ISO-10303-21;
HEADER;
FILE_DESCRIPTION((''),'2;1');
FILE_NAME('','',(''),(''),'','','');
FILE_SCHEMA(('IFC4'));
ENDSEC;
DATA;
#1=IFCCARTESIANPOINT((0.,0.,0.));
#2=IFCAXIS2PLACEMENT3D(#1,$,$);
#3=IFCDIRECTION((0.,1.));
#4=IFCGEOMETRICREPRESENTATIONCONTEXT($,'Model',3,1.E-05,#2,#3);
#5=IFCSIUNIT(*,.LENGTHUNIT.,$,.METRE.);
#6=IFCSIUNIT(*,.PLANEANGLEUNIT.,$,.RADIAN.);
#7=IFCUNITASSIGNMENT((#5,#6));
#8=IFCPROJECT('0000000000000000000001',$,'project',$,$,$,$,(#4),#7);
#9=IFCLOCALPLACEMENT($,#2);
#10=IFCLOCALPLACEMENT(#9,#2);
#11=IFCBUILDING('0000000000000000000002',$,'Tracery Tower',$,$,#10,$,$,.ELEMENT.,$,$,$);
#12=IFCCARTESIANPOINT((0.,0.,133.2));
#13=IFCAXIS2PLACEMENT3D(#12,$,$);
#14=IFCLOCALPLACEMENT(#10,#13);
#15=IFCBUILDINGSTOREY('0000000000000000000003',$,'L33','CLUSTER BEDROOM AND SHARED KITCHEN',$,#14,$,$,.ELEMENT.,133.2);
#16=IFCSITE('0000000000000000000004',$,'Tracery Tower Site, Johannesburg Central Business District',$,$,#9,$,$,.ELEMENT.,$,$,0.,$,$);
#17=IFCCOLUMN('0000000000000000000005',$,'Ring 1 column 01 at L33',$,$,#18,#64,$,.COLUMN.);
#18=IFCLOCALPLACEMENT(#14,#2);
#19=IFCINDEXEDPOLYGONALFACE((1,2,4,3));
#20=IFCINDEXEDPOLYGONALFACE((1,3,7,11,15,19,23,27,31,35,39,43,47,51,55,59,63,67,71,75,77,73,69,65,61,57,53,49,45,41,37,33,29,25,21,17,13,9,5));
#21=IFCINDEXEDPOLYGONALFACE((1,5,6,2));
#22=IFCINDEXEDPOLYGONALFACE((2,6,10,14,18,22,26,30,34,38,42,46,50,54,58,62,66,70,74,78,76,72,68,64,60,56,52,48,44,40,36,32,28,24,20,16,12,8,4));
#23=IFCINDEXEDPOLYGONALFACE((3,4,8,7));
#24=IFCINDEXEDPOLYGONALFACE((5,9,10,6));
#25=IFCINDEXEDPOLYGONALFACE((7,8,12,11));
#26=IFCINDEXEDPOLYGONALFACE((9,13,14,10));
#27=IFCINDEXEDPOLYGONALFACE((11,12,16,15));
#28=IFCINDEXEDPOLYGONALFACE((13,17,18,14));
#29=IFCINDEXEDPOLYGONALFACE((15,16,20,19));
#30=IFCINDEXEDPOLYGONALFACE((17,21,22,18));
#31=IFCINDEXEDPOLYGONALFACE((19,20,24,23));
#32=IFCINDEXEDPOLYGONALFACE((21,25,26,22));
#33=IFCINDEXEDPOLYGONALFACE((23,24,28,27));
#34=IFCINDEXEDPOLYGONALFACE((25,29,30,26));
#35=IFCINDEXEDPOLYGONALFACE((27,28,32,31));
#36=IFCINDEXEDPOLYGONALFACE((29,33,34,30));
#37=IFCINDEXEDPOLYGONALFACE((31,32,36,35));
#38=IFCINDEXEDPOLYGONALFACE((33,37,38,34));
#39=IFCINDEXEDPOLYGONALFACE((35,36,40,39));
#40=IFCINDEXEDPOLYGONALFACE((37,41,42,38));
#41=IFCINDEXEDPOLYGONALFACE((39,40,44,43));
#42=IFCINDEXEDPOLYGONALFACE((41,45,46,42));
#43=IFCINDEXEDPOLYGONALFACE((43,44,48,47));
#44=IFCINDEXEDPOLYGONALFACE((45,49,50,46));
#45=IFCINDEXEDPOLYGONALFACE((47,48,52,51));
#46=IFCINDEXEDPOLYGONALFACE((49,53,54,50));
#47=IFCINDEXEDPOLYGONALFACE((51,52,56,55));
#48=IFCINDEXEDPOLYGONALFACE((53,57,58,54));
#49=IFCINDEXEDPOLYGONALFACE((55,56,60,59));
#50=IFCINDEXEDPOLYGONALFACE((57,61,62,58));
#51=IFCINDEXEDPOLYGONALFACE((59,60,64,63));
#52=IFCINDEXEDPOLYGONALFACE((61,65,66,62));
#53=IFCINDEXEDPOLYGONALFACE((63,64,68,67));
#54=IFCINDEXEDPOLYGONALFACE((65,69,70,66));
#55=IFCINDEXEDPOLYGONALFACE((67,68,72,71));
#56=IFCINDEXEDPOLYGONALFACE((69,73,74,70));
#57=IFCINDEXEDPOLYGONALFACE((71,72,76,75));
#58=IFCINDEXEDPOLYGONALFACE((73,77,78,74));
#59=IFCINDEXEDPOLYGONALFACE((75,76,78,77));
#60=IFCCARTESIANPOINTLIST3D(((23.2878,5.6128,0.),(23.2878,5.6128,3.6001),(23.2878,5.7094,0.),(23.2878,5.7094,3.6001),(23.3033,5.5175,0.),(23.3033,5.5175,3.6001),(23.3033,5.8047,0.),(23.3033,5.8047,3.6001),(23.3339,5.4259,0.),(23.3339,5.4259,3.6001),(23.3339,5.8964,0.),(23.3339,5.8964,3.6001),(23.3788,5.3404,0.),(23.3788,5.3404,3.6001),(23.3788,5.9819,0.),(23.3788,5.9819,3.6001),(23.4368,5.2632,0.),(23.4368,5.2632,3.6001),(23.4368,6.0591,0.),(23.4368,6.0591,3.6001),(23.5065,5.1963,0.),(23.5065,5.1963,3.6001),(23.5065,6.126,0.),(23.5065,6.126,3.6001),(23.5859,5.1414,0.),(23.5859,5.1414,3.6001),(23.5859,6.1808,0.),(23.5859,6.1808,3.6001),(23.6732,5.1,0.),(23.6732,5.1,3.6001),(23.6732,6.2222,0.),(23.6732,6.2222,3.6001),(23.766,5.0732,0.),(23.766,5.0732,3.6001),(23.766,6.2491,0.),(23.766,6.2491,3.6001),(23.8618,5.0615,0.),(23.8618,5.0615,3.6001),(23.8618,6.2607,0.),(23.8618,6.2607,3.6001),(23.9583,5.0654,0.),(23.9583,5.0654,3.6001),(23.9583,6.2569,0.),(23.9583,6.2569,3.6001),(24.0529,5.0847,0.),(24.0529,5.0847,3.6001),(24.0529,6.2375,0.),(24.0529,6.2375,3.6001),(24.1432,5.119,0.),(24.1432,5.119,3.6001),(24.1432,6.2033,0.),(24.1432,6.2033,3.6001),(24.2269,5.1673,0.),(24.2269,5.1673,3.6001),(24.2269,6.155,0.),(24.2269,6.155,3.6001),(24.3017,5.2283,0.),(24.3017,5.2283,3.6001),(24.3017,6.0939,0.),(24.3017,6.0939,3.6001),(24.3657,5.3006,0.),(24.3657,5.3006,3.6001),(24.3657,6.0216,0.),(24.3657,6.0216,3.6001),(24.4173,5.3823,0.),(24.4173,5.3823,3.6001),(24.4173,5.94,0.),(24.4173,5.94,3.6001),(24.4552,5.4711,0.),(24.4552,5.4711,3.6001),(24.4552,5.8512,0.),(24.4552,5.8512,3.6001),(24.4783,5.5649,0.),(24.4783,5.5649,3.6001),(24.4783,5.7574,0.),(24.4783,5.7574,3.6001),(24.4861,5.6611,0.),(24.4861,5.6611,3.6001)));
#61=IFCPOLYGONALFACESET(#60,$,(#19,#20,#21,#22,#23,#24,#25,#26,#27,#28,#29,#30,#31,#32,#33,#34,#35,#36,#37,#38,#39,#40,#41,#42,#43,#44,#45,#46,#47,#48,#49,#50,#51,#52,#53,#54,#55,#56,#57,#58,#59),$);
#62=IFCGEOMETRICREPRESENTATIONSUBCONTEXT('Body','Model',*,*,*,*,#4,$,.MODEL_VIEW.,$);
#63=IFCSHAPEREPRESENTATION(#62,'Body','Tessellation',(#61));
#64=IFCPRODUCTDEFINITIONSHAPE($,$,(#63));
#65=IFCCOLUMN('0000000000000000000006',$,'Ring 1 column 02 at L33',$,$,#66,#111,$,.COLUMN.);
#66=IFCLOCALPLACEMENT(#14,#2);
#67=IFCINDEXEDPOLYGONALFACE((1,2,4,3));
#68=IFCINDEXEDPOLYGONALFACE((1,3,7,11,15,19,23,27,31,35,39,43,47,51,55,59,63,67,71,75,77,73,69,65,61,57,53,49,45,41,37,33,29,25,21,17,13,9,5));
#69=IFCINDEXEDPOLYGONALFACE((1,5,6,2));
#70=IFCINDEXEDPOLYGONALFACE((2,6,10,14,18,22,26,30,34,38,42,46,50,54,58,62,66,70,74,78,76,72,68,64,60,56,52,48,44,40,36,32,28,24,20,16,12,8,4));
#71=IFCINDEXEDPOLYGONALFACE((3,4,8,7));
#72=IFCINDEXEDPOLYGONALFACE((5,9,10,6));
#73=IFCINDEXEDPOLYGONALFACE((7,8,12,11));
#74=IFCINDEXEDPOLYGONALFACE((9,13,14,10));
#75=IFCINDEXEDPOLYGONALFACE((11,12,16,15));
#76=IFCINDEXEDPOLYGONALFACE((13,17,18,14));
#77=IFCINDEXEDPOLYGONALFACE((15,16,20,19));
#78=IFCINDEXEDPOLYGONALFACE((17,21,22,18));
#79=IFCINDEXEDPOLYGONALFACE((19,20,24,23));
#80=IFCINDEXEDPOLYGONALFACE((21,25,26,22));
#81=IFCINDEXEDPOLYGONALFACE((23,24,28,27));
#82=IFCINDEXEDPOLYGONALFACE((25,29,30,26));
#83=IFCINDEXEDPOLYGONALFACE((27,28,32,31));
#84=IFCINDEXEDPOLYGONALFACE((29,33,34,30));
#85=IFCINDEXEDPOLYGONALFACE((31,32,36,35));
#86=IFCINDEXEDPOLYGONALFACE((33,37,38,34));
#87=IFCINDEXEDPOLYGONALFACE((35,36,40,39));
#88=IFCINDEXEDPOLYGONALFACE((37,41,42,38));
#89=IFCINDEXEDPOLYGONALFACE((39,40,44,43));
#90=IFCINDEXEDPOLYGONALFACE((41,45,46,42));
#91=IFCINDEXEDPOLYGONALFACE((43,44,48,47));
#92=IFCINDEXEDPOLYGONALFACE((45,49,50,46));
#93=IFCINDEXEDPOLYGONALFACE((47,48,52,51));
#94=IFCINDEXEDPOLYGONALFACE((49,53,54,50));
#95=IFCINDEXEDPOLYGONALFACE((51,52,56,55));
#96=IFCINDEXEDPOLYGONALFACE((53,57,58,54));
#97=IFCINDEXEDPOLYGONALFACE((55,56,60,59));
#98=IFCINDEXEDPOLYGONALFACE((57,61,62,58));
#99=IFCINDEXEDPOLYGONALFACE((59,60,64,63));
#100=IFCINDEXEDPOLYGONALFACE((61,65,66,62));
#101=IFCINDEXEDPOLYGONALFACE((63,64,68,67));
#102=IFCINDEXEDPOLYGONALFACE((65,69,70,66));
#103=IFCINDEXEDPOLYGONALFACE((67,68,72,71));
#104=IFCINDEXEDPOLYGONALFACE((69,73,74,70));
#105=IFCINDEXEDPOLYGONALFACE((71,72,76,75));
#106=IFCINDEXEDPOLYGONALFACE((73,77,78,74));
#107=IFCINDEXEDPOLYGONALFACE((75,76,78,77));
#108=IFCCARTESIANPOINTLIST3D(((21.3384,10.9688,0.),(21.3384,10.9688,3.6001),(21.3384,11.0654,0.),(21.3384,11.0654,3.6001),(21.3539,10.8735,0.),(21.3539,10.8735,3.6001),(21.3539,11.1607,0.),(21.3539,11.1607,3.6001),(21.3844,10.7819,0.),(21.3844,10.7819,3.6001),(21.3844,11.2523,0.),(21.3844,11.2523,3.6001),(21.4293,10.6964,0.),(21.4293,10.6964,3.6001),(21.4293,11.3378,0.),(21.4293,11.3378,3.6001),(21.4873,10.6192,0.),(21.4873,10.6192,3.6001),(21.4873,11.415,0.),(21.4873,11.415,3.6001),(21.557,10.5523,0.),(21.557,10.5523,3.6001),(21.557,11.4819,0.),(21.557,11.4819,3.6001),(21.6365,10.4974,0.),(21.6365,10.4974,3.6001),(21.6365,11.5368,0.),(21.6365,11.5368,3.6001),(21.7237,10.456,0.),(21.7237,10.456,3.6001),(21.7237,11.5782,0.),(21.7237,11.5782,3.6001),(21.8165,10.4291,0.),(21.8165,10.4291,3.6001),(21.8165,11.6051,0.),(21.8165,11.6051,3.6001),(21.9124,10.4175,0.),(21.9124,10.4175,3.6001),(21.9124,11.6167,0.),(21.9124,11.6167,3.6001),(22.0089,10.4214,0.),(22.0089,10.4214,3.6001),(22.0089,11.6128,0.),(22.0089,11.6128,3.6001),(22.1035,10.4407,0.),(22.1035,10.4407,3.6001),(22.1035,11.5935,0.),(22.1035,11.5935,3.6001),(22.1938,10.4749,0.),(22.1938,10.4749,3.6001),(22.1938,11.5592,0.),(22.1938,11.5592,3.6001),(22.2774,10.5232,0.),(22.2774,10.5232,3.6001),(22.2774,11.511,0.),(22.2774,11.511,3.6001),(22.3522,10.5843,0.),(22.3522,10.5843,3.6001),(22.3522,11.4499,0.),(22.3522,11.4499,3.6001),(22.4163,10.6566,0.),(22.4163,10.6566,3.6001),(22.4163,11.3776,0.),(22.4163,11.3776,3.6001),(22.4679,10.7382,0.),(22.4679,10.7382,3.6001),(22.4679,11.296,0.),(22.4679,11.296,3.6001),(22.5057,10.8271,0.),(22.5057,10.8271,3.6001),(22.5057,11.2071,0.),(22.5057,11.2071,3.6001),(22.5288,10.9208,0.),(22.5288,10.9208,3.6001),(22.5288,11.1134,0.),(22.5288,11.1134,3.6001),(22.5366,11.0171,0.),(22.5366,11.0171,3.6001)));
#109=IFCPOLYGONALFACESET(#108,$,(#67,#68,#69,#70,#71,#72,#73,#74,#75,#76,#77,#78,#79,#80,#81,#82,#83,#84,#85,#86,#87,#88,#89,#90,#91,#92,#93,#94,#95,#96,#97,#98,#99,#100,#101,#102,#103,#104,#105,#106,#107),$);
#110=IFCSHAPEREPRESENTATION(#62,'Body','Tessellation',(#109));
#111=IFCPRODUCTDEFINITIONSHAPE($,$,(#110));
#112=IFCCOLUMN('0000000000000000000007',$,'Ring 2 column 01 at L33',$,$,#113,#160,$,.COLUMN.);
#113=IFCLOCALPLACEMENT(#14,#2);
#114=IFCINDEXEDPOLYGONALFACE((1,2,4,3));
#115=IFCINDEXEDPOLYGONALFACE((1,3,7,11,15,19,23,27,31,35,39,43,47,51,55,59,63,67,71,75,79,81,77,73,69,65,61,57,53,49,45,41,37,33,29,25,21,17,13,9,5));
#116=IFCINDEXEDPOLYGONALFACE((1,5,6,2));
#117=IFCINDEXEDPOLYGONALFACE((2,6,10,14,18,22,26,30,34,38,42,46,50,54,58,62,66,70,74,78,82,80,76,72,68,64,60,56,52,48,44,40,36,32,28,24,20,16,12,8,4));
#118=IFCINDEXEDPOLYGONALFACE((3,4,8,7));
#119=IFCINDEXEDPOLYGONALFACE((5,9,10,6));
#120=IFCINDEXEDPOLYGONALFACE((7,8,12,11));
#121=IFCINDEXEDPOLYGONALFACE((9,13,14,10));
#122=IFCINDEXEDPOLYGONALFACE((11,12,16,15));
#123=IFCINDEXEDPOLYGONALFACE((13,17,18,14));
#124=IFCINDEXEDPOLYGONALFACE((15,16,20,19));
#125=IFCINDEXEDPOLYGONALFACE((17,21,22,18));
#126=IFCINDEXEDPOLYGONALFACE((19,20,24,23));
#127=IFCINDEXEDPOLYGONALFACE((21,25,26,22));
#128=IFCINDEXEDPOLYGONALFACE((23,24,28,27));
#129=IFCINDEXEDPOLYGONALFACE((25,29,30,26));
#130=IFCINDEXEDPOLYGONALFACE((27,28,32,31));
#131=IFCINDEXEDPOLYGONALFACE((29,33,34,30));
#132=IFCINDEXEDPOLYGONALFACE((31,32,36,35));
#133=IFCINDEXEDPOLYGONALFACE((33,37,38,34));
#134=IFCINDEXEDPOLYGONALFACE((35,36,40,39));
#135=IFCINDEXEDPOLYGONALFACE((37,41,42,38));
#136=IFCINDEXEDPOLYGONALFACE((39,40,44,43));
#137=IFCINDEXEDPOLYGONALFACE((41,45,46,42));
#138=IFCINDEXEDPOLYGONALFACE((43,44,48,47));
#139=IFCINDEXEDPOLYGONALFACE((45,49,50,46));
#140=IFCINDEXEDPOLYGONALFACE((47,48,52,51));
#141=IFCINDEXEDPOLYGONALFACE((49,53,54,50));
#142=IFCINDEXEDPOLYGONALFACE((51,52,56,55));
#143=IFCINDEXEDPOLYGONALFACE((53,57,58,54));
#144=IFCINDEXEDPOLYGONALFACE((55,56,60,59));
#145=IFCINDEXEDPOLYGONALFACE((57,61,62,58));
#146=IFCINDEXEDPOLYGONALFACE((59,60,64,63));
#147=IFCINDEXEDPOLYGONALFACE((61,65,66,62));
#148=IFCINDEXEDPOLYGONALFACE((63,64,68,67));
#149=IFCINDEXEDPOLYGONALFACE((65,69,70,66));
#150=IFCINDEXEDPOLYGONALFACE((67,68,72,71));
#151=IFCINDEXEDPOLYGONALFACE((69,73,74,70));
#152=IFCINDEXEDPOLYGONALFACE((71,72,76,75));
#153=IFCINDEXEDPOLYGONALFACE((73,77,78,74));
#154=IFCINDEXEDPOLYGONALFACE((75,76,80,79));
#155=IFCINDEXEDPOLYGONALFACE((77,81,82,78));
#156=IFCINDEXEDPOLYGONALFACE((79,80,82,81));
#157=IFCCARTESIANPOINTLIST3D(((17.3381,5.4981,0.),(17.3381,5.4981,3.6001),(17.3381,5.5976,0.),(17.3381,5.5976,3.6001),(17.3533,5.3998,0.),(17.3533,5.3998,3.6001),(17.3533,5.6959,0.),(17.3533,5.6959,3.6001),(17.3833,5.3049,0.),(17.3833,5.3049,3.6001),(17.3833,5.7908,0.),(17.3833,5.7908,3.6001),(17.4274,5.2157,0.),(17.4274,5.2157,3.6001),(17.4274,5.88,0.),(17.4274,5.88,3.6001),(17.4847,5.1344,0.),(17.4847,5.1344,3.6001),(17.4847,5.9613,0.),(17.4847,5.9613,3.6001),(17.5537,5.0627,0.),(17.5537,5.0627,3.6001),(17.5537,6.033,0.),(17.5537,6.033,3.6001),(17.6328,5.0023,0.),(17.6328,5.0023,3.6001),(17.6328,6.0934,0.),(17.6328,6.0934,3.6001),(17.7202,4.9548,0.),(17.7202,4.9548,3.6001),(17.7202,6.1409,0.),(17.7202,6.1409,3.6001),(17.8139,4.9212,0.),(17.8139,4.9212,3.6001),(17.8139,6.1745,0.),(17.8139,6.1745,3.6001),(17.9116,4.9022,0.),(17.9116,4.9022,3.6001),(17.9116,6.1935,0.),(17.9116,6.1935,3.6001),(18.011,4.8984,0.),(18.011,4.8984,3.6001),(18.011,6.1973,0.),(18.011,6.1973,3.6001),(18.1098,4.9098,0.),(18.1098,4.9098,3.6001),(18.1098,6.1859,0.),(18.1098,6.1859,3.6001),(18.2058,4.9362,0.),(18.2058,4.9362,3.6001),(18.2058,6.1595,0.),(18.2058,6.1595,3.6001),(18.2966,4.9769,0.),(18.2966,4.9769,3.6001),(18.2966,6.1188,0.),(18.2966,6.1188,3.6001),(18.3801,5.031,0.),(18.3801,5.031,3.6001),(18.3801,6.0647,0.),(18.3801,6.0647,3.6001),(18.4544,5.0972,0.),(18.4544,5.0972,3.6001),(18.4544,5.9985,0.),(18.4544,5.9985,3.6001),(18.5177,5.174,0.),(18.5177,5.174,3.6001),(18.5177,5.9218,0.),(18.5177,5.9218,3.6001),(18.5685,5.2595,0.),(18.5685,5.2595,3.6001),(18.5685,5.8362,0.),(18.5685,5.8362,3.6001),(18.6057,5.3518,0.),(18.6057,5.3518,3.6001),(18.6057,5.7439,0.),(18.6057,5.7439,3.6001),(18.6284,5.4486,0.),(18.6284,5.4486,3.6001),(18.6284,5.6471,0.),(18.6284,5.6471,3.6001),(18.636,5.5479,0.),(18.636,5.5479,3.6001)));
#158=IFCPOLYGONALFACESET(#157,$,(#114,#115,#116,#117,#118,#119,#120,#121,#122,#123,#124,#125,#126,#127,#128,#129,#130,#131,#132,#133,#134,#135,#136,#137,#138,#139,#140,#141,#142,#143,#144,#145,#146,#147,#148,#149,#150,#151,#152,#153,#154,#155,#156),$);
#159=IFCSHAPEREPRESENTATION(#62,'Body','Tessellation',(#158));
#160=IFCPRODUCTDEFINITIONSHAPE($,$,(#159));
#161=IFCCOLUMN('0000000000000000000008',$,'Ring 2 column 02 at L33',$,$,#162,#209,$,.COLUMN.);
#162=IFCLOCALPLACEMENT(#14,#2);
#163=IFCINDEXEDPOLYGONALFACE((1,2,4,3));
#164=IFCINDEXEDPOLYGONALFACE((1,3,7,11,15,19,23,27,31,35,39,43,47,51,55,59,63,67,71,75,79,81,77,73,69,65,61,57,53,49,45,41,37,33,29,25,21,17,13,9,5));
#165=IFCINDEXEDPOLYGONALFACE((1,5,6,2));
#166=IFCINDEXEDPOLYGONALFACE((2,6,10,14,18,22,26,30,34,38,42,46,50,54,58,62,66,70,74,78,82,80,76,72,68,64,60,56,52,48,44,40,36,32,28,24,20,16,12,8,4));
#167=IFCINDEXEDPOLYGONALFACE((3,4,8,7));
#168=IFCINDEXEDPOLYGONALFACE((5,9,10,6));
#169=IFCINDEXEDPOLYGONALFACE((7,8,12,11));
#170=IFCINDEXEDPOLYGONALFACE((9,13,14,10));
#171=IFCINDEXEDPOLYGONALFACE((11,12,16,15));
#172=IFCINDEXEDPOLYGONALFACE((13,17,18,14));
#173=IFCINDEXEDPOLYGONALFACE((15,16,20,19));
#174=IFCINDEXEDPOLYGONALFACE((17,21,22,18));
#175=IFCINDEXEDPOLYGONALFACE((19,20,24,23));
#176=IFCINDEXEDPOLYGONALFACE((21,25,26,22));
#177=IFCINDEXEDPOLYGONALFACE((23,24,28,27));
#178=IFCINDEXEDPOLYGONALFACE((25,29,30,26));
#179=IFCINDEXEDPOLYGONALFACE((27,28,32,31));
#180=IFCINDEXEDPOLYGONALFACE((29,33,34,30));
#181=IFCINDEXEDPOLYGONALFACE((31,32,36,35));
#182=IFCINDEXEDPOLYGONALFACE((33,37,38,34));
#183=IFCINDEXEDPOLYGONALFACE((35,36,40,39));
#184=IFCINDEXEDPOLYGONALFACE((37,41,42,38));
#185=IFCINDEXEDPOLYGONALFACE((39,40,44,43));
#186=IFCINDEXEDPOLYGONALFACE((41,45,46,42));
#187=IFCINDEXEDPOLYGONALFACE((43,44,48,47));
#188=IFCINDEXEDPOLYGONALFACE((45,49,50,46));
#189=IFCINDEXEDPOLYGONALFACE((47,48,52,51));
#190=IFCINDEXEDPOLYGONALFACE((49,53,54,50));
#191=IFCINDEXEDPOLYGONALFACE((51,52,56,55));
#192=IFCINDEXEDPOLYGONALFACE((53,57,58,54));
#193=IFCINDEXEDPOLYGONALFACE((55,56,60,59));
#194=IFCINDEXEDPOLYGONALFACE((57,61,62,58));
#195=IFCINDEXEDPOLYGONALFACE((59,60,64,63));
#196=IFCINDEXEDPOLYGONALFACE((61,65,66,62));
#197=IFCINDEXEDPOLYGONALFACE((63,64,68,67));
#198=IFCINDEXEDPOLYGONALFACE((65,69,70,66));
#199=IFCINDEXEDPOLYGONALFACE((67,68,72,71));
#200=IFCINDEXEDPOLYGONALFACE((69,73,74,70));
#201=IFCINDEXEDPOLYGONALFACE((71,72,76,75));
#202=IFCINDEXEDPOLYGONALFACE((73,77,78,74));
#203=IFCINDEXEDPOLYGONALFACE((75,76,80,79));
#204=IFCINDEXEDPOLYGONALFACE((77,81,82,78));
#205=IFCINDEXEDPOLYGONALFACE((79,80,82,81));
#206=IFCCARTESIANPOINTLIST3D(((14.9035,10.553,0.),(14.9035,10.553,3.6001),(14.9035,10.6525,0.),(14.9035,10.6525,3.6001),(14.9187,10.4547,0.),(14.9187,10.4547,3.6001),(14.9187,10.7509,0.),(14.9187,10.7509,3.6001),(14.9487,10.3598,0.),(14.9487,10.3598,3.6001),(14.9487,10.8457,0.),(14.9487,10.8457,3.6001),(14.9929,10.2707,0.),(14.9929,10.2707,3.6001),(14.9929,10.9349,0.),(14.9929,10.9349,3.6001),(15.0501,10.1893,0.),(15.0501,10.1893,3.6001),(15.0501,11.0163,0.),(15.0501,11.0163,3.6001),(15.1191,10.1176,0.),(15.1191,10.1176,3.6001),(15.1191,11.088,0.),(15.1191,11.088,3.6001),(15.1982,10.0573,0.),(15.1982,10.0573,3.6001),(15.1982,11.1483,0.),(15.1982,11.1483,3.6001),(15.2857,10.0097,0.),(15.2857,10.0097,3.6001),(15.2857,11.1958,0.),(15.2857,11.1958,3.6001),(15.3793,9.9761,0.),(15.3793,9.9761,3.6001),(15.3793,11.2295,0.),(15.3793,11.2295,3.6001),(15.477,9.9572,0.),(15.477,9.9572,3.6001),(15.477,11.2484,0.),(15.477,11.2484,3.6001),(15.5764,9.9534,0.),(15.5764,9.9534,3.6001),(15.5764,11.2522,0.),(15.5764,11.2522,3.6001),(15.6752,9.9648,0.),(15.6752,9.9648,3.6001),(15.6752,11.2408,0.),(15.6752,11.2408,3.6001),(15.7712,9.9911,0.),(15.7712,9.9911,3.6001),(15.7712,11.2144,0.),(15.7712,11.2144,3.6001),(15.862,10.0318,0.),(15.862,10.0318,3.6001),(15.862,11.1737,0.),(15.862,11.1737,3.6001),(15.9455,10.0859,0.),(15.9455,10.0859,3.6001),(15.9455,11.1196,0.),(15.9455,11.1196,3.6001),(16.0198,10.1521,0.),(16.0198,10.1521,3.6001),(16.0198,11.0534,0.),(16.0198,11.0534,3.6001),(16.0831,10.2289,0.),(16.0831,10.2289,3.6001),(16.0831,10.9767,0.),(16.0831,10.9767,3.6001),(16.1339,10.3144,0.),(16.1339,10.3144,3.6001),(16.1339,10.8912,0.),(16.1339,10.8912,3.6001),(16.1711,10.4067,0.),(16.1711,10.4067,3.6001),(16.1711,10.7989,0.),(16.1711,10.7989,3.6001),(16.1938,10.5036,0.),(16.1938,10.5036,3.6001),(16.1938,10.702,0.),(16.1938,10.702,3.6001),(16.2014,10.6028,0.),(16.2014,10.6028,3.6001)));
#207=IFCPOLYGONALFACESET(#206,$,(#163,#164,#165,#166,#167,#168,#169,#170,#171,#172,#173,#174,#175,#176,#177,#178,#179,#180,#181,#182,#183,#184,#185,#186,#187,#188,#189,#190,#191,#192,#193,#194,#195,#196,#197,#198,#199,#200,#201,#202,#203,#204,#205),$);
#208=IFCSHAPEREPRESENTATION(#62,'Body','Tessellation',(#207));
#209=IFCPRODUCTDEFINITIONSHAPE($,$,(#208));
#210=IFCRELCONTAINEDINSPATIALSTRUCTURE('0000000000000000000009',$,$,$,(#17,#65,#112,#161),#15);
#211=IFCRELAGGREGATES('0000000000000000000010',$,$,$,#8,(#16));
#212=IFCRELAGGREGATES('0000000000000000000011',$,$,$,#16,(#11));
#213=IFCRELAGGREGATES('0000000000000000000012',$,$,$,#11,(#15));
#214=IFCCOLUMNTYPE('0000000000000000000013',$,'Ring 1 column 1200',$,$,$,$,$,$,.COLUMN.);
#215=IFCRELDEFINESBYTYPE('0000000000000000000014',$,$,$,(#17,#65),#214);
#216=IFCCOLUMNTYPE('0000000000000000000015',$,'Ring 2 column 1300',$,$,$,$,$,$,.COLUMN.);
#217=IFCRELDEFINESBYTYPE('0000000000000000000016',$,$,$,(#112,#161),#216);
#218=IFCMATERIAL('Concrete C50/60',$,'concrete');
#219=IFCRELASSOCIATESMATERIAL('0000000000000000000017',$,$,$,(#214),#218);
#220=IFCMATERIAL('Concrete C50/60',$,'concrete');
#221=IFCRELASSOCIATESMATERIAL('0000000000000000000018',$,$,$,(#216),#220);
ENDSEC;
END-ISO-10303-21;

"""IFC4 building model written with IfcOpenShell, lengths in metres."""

from ifc_helpers import new_model, si_unit, direction, frame, origin, origin_2d, place, context, subcontext, project, spatial, circle, extrude, material, material_profile, profile_set, type_object, element, save


model = new_model("IFC4")

# Units and contexts
model_context = context("Model", 3, precision=1e-05, world=origin(), true_north=direction((0.0, 1.0)))
body_context = subcontext(model_context, "Body", "Model", "MODEL_VIEW")
ifc_project = project(units=[si_unit("LENGTHUNIT", "METRE"), si_unit("PLANEANGLEUNIT", "RADIAN")], contexts=[model_context])

# Site, building, storey
site_placement = place(None, origin())
site = spatial("IfcSite", under=ifc_project, at=site_placement, Name="Tracery Tower Site, Johannesburg Central Business District", CompositionType="ELEMENT", RefElevation=0.0)
building_placement = place(site_placement, origin())
building = spatial("IfcBuilding", under=site, at=building_placement, Name="Tracery Tower", CompositionType="ELEMENT")
storey_placement = place(building_placement, frame((0.0, 0.0, 133.2)))
storey = spatial("IfcBuildingStorey", under=building, at=storey_placement, Name="L33", Description="CLUSTER BEDROOM AND SHARED KITCHEN", CompositionType="ELEMENT", Elevation=133.2)

# Columns
ifc_material_1 = material(Name="Concrete C50/60", Category="concrete")
ifc_material_profile_1 = material_profile(ifc_material_1, circle(Radius=0.6001, at=origin_2d()), Name="RC D1200")
ifc_profile_set_1 = profile_set([ifc_material_profile_1], Name="Concrete C50/60")
column_type_1 = type_object("IfcColumnType", Name="Ring 1 column 1200", PredefinedType="COLUMN", material=ifc_profile_set_1)
for number, where, z_axis, x_axis, name in (
    (1, (23.886, 5.6611, 0.0), (0.0, 0.0, 1.0), (1.0, 0.0, 0.0), "Ring 1 column 01 at L33"),
    (2, (21.9365, 11.0171, 0.0), (0.0, 0.0, 1.0), (1.0, 0.0, 0.0), "Ring 1 column 02 at L33"),
):
    element("IfcColumn", number, at=place(storey_placement, frame(where, z_axis=z_axis, x_axis=x_axis)), inside=storey, type_object=column_type_1, Name=name, PredefinedType="COLUMN", context=body_context, shape_type="SweptSolid", body=[
        extrude(circle(Radius=0.6001, at=origin_2d()), origin(), (0.0, 0.0, 1.0), 3.6001),
    ])
ifc_material_2 = material(Name="Concrete C50/60", Category="concrete")
ifc_material_profile_2 = material_profile(ifc_material_2, circle(Radius=0.6499, at=origin_2d()), Name="RC D1300")
ifc_profile_set_2 = profile_set([ifc_material_profile_2], Name="Concrete C50/60")
column_type_2 = type_object("IfcColumnType", Name="Ring 2 column 1300", PredefinedType="COLUMN", material=ifc_profile_set_2)
for number, where, z_axis, x_axis, name in (
    (3, (17.9861, 5.5479, 0.0), (0.0, 0.0, 1.0), (1.0, 0.0, 0.0), "Ring 2 column 01 at L33"),
    (4, (15.5515, 10.6028, 0.0), (0.0, 0.0, 1.0), (1.0, 0.0, 0.0), "Ring 2 column 02 at L33"),
):
    element("IfcColumn", number, at=place(storey_placement, frame(where, z_axis=z_axis, x_axis=x_axis)), inside=storey, type_object=column_type_2, Name=name, PredefinedType="COLUMN", context=body_context, shape_type="SweptSolid", body=[
        extrude(circle(Radius=0.6499, at=origin_2d()), origin(), (0.0, 0.0, 1.0), 3.6001),
    ])

save(model, "model.ifc")
